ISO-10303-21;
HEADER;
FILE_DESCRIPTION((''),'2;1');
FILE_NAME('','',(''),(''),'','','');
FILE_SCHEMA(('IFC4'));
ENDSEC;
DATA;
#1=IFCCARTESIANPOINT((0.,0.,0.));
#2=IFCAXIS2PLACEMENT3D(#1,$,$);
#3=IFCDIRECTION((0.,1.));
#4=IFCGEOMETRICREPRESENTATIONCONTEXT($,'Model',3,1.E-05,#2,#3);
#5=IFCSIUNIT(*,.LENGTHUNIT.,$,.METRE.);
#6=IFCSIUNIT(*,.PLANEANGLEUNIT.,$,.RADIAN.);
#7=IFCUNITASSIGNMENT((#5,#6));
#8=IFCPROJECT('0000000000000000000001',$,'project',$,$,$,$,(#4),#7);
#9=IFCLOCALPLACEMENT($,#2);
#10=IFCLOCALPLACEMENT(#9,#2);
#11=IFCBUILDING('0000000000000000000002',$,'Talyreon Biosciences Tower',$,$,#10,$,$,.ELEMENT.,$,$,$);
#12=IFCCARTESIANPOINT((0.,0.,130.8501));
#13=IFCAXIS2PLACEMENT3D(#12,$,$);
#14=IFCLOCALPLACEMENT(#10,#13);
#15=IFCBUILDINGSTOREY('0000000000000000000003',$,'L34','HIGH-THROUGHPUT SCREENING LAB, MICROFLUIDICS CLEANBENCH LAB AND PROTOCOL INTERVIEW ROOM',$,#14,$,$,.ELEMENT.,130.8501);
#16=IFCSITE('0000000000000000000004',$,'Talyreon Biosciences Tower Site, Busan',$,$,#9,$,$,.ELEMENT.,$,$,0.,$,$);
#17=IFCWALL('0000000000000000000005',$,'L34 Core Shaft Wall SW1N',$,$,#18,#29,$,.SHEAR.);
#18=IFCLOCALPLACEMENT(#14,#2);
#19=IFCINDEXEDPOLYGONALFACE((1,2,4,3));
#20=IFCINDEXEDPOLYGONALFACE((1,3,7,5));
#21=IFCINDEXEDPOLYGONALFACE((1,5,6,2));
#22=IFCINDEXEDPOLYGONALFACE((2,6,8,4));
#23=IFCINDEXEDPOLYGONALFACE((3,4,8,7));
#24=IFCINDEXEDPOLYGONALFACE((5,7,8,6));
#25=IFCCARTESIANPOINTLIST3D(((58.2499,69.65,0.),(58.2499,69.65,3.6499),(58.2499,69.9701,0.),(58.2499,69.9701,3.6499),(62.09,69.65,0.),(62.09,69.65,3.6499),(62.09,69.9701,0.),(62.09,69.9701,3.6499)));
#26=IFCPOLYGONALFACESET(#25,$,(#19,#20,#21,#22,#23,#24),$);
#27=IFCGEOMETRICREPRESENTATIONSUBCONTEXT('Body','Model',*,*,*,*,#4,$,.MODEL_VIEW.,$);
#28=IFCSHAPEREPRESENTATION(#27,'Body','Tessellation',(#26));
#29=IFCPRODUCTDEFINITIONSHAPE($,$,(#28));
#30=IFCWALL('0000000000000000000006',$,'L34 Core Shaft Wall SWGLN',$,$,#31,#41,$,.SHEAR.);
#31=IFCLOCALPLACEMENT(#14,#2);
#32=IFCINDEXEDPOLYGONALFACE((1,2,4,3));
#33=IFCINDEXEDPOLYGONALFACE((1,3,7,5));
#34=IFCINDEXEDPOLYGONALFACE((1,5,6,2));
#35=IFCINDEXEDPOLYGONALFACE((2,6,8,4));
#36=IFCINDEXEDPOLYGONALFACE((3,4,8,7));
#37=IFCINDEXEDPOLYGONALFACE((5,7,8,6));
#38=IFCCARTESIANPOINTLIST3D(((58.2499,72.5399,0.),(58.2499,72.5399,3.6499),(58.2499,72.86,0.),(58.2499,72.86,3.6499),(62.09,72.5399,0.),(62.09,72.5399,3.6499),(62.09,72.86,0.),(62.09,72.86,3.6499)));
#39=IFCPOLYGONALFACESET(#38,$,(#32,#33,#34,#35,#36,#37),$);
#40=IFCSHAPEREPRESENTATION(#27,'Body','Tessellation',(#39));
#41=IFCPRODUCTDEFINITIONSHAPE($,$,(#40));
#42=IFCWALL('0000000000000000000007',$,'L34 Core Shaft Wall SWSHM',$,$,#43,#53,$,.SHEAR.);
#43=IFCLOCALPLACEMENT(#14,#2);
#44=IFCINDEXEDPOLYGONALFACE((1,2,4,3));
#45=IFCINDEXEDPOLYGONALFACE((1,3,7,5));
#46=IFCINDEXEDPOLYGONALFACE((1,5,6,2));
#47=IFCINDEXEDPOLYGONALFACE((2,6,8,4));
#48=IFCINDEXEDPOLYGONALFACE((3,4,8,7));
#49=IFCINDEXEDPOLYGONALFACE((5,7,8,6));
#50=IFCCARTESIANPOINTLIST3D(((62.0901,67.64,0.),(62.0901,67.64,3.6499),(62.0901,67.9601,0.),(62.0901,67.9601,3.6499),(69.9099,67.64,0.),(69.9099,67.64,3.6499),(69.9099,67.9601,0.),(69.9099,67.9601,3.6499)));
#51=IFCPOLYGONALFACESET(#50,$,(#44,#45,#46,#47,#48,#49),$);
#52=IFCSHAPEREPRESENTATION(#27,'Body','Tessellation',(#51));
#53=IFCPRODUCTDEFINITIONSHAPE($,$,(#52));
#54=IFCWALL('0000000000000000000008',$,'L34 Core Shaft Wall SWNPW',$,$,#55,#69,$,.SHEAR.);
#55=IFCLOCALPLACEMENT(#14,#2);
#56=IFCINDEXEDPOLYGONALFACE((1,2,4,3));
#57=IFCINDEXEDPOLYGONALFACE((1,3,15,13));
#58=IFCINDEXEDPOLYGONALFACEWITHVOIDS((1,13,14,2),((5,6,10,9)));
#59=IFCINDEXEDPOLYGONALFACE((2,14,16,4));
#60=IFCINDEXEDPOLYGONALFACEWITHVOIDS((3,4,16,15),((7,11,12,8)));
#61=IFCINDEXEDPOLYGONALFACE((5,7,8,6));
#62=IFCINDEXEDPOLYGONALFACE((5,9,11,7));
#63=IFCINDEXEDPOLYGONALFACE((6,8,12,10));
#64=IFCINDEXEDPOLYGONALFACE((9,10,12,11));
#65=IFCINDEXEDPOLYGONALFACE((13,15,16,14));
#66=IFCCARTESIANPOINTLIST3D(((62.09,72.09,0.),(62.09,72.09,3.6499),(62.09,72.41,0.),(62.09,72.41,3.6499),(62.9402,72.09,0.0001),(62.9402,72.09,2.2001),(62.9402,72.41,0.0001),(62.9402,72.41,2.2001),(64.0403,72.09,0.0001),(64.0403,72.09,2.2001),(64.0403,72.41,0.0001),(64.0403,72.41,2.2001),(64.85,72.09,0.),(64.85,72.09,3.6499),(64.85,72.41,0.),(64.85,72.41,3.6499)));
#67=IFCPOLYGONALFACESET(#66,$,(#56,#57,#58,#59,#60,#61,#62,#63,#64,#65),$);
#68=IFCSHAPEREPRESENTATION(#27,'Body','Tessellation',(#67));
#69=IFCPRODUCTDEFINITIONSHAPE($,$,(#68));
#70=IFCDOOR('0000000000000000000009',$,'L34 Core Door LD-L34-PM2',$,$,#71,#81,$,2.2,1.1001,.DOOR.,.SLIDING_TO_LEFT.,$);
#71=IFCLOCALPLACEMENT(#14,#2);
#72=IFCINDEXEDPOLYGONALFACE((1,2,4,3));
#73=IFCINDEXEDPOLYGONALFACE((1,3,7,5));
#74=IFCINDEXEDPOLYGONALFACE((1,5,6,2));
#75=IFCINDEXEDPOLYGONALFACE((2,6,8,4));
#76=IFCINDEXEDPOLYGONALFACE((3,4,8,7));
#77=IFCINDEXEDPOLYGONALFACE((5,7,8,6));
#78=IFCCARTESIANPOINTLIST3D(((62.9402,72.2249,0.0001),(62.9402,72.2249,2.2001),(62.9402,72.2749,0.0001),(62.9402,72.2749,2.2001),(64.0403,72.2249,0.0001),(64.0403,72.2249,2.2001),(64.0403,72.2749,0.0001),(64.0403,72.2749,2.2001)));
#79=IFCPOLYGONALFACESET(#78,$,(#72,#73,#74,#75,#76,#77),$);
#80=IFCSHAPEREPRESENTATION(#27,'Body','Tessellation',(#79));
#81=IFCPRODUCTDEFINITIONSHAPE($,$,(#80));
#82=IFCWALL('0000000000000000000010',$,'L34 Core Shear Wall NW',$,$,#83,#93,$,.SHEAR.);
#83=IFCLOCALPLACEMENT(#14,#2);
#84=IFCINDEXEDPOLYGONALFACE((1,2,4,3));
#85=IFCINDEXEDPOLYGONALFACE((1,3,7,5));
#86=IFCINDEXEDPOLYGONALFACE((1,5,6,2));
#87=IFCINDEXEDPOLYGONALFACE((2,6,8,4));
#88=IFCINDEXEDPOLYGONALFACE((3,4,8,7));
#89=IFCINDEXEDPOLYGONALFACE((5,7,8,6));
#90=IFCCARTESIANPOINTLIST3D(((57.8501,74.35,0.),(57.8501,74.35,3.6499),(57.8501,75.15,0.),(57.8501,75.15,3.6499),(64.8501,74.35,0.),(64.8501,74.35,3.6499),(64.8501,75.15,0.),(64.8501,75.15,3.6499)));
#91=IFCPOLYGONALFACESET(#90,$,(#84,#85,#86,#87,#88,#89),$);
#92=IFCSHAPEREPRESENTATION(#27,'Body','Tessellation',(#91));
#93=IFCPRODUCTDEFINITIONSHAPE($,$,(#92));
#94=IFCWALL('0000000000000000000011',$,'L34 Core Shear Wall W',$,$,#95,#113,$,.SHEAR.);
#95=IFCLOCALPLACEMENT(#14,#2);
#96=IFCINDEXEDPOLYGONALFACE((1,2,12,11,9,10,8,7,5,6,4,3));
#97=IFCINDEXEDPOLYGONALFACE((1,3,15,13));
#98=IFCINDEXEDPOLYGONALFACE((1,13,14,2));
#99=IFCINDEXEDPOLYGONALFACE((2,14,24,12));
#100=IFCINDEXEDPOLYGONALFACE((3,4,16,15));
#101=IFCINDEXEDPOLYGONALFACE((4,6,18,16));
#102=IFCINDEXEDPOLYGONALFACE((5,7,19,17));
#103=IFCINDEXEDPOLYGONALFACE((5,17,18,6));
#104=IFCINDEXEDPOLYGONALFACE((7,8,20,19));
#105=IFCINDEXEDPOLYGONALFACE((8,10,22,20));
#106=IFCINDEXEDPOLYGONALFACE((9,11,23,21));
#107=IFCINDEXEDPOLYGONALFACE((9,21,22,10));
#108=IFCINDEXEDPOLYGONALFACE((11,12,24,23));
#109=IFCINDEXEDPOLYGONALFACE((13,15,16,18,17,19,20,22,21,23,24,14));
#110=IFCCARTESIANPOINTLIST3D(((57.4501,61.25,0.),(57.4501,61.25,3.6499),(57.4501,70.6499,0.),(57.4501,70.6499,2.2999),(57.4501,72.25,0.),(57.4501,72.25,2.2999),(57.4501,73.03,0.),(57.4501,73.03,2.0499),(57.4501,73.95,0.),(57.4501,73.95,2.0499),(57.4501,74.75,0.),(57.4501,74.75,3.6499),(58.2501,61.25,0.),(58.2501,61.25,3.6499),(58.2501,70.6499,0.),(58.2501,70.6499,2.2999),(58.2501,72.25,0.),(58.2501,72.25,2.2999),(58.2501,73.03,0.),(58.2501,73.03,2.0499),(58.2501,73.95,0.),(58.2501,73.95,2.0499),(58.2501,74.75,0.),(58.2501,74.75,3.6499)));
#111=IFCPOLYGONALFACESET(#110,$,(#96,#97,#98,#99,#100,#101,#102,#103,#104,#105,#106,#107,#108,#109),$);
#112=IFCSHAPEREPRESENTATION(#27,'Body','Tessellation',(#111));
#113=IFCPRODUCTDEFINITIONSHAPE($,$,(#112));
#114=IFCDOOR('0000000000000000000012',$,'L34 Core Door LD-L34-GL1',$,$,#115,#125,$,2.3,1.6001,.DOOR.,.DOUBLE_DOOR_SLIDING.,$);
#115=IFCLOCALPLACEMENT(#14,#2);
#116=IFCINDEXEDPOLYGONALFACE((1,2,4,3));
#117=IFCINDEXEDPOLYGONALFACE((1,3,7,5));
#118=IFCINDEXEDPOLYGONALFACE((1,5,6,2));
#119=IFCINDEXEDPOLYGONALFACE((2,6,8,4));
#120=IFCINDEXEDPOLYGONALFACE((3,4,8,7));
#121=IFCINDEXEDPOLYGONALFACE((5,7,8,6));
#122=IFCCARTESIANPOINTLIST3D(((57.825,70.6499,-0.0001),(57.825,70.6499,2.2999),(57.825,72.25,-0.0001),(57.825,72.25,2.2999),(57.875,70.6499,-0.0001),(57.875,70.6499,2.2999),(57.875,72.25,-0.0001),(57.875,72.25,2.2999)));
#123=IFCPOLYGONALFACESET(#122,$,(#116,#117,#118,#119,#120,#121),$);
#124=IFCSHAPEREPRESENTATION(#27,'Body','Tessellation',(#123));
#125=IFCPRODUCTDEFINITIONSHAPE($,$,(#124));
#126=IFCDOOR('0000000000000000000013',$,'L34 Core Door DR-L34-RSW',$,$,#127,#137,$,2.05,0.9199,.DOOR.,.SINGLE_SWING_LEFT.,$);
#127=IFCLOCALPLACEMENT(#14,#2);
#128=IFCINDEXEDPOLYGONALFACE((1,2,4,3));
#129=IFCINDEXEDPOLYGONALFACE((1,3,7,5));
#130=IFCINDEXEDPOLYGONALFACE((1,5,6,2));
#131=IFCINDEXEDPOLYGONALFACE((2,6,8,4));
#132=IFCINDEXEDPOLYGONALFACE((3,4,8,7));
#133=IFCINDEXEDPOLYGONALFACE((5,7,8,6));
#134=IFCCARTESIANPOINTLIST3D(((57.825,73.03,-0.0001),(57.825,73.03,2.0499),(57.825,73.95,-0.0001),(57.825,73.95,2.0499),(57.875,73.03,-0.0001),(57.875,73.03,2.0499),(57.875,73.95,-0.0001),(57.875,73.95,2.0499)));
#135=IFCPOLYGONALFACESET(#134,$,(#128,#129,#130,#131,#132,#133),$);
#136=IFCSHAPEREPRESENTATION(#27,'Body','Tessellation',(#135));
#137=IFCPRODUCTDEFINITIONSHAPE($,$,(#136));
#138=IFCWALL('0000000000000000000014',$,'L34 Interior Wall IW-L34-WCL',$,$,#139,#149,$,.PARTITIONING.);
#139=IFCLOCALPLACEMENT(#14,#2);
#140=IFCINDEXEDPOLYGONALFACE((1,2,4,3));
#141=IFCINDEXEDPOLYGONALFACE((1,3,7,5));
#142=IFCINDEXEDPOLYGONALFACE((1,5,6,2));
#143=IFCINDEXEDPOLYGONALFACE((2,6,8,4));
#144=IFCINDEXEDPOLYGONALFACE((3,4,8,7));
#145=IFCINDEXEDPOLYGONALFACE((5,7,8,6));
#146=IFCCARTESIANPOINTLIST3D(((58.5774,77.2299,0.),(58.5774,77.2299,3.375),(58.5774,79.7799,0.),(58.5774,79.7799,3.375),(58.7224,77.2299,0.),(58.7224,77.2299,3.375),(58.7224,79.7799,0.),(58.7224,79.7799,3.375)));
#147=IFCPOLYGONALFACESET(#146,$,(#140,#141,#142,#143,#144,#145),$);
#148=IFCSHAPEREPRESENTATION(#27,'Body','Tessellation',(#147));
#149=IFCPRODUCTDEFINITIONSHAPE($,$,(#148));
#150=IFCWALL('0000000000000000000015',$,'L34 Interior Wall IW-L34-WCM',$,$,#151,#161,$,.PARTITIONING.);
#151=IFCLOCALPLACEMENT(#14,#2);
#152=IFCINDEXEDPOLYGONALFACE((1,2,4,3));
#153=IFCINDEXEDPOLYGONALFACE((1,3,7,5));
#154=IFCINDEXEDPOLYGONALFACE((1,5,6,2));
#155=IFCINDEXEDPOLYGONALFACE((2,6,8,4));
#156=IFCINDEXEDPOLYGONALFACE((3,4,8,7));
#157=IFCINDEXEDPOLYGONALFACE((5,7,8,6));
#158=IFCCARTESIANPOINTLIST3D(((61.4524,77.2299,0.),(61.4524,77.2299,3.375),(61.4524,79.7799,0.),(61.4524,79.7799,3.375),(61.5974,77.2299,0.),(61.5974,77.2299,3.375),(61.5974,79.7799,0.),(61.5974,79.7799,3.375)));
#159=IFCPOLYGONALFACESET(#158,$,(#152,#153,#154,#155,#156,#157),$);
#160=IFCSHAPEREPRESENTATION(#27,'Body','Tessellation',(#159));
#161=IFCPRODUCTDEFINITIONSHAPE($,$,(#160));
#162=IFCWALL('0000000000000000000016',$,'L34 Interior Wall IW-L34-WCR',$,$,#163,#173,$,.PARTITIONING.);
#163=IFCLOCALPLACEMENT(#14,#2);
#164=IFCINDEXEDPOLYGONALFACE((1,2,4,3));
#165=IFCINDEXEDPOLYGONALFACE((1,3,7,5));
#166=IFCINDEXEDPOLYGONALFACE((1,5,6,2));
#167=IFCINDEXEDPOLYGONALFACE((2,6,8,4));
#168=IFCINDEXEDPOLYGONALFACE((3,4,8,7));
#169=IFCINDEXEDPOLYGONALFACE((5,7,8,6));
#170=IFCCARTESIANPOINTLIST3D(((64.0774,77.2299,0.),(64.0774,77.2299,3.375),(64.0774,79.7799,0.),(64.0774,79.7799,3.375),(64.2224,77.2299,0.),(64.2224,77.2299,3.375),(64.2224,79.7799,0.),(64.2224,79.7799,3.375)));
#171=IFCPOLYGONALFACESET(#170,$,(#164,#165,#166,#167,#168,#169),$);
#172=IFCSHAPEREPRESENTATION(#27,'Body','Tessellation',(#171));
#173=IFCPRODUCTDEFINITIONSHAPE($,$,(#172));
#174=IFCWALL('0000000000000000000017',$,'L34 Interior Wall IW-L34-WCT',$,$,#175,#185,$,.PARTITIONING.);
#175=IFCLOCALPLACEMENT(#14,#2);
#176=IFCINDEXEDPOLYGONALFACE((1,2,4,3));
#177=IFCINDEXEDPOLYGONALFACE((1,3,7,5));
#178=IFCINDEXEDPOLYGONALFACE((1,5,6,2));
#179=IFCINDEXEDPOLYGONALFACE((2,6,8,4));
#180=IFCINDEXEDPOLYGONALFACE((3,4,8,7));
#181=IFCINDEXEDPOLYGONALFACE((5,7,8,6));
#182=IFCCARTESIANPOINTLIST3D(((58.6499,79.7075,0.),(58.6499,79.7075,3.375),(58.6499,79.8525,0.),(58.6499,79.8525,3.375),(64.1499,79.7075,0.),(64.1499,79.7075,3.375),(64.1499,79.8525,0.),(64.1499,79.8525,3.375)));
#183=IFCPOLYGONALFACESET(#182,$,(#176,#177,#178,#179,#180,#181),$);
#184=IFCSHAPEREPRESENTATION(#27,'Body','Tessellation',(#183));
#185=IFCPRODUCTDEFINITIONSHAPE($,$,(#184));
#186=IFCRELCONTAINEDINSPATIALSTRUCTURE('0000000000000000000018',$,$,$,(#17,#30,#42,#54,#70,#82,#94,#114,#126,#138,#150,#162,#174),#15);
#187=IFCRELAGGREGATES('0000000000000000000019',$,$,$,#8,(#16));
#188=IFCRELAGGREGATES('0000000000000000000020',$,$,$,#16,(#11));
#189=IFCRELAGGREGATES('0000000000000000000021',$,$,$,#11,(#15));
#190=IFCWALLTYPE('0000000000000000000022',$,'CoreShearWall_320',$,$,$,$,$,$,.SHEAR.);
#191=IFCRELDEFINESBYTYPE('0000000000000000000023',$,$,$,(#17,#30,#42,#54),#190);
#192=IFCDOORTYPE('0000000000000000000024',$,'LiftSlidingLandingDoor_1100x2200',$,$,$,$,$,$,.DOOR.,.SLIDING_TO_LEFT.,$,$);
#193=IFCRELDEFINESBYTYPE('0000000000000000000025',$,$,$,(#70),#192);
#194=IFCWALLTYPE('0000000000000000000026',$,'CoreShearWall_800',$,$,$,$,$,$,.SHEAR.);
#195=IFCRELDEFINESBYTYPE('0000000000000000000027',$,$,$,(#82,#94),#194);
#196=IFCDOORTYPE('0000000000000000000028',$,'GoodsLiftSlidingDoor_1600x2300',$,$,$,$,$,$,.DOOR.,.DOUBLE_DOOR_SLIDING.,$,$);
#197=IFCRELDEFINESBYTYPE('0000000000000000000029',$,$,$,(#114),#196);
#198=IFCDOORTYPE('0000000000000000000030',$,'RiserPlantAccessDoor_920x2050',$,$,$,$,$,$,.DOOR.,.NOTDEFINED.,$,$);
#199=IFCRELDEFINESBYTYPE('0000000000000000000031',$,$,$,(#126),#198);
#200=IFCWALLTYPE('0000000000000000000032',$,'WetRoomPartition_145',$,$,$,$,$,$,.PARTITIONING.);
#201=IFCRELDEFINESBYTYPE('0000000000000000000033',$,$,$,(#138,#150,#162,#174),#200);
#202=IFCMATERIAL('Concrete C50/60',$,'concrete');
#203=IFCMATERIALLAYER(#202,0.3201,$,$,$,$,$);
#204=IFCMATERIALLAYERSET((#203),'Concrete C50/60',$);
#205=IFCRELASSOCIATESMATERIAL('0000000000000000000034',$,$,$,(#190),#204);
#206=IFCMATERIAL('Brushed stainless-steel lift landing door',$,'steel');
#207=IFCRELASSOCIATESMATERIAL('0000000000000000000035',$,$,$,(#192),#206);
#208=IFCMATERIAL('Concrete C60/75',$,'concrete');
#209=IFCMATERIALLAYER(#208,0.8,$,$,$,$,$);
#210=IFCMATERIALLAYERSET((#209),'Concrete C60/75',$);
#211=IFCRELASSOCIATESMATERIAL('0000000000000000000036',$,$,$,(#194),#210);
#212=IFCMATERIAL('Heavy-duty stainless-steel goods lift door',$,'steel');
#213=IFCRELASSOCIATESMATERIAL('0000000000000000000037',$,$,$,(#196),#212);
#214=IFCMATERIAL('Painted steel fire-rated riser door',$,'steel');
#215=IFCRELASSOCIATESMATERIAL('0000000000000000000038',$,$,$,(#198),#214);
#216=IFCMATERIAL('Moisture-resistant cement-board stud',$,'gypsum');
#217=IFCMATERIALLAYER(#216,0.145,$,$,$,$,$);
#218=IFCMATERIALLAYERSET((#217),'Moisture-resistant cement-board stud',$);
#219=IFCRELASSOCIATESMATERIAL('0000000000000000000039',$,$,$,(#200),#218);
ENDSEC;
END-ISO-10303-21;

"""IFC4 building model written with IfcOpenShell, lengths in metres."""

from ifc_helpers import new_model, si_unit, direction, frame, frame_2d, origin, place, context, subcontext, project, spatial, rectangle, extrude, material, layer, layer_set, type_object, element, fill, save


model = new_model("IFC4")

# Units and contexts
model_context = context("Model", 3, precision=1e-05, world=origin(), true_north=direction((0.0, 1.0)))
body_context = subcontext(model_context, "Body", "Model", "MODEL_VIEW")
ifc_project = project(units=[si_unit("LENGTHUNIT", "METRE"), si_unit("PLANEANGLEUNIT", "RADIAN")], contexts=[model_context])

# Site, building, storey
site_placement = place(None, origin())
site = spatial("IfcSite", under=ifc_project, at=site_placement, Name="Talyreon Biosciences Tower Site, Busan", CompositionType="ELEMENT", RefElevation=0.0)
building_placement = place(site_placement, origin())
building = spatial("IfcBuilding", under=site, at=building_placement, Name="Talyreon Biosciences Tower", CompositionType="ELEMENT")
storey_placement = place(building_placement, frame((0.0, 0.0, 130.8501)))
storey = spatial("IfcBuildingStorey", under=building, at=storey_placement, Name="L34", Description="HIGH-THROUGHPUT SCREENING LAB, MICROFLUIDICS CLEANBENCH LAB AND PROTOCOL INTERVIEW ROOM", CompositionType="ELEMENT", Elevation=130.8501)

# Shared definitions
ifc_material_1 = material(Name="Concrete C50/60", Category="concrete")

# Shared definitions
ifc_material_2 = material(Name="Concrete C60/75", Category="concrete")

# Walls
ifc_layer_1 = layer(ifc_material_1, 0.3201)
ifc_layer_set_1 = layer_set([ifc_layer_1], Name="Concrete C50/60")
wall_type_1 = type_object("IfcWallType", Name="CoreShearWall_320", PredefinedType="SHEAR", material=ifc_layer_set_1)
for number, where, z_axis, x_axis, name in (
    (1, (58.25, 69.8101, 0.0), (0.0, 0.0, 1.0), (1.0, 0.0, 0.0), "L34 Core Shaft Wall SW1N"),
    (2, (58.25, 72.7, 0.0), (0.0, 0.0, 1.0), (1.0, 0.0, 0.0), "L34 Core Shaft Wall SWGLN"),
):
    element("IfcWall", number, at=place(storey_placement, frame(where, z_axis=z_axis, x_axis=x_axis)), inside=storey, type_object=wall_type_1, Name=name, PredefinedType="SHEAR", context=body_context, shape_type="SweptSolid", body=[
        extrude(rectangle(XDim=3.8401, YDim=0.3201, at=frame_2d((1.9199, 0.0))), origin(), (0.0, 0.0, 1.0), 3.6499),
    ])
wall_1_placement = place(storey_placement, frame((62.0901, 67.8, 0.0), z_axis=(0.0, 0.0, 1.0), x_axis=(1.0, 0.0, 0.0)))
element("IfcWall", 3, at=wall_1_placement, inside=storey, type_object=wall_type_1, Name="L34 Core Shaft Wall SWSHM", PredefinedType="SHEAR", context=body_context, shape_type="SweptSolid", body=[
    extrude(rectangle(XDim=7.8198, YDim=0.3201, at=frame_2d((3.9099, 0.0))), origin(), (0.0, 0.0, 1.0), 3.6499),
])

# Shared definitions
ifc_material_3 = material(Name="Brushed stainless-steel lift landing door", Category="steel")
door_type_1 = type_object("IfcDoorType", Name="LiftSlidingLandingDoor_1100x2200", OperationType="SLIDING_TO_LEFT", PredefinedType="DOOR", material=ifc_material_3)

# Wall, opening, door
wall_2_placement = place(storey_placement, frame((62.0901, 72.25, 0.0), z_axis=(0.0, 0.0, 1.0), x_axis=(1.0, 0.0, 0.0)))
wall_2 = element("IfcWall", 4, at=wall_2_placement, inside=storey, type_object=wall_type_1, Name="L34 Core Shaft Wall SWNPW", PredefinedType="SHEAR", context=body_context, shape_type="SweptSolid", body=[
    extrude(rectangle(XDim=2.76, YDim=0.3201, at=frame_2d((1.3799, 0.0))), origin(), (0.0, 0.0, 1.0), 3.6499),
])
opening_1_placement = place(wall_2_placement, frame((0.8501, 0.0, 0.0)))
opening_1 = element("IfcOpeningElement", 5, at=opening_1_placement, cuts=wall_2, PredefinedType="OPENING", context=body_context, shape_type="SweptSolid", body=[
    extrude(rectangle(XDim=1.1001, YDim=2.2, at=frame_2d((0.55, 1.1001))), frame((0.0, 0.1699, 0.0), z_axis=(0.0, -1.0, 0.0), x_axis=(1.0, 0.0, 0.0)), (0.0, 0.0, 1.0), 0.3401),
])
door_1_placement = place(opening_1_placement, origin())
door_1 = element("IfcDoor", 6, at=door_1_placement, inside=storey, type_object=door_type_1, Name="L34 Core Door LD-L34-PM2", OperationType="SLIDING_TO_LEFT", OverallHeight=2.2, OverallWidth=1.1001, PredefinedType="DOOR", context=body_context, shape_type="SweptSolid", body=[
    extrude(rectangle(XDim=1.1001, YDim=2.2, at=frame_2d((0.55, 1.1001))), frame((0.0, 0.0249, 0.0), z_axis=(0.0, -1.0, 0.0), x_axis=(1.0, 0.0, 0.0)), (0.0, 0.0, 1.0), 0.05),
])
fill(opening_1, door_1)

# Wall
ifc_layer_2 = layer(ifc_material_2, 0.8)
ifc_layer_set_2 = layer_set([ifc_layer_2], Name="Concrete C60/75")
wall_type_2 = type_object("IfcWallType", Name="CoreShearWall_800", PredefinedType="SHEAR", material=ifc_layer_set_2)
wall_3_placement = place(storey_placement, frame((64.8501, 74.75, 0.0), z_axis=(0.0, 0.0, 1.0), x_axis=(-1.0, 0.0, 0.0)))
element("IfcWall", 7, at=wall_3_placement, inside=storey, type_object=wall_type_2, Name="L34 Core Shear Wall NW", PredefinedType="SHEAR", context=body_context, shape_type="SweptSolid", body=[
    extrude(rectangle(XDim=7.0, YDim=0.8, at=frame_2d((3.5, 0.0))), origin(), (0.0, 0.0, 1.0), 3.6499),
])

# Wall, openings, doors
wall_4_placement = place(storey_placement, frame((57.8501, 74.75, 0.0), z_axis=(0.0, 0.0, 1.0), x_axis=(0.0, -1.0, 0.0)))
wall_4 = element("IfcWall", 8, at=wall_4_placement, inside=storey, type_object=wall_type_2, Name="L34 Core Shear Wall W", PredefinedType="SHEAR", context=body_context, shape_type="SweptSolid", body=[
    extrude(rectangle(XDim=13.5, YDim=0.8, at=frame_2d((6.75, 0.0))), origin(), (0.0, 0.0, 1.0), 3.6499),
])
opening_2_placement = place(wall_4_placement, frame((0.8, 0.0, 0.0)))
opening_2 = element("IfcOpeningElement", 9, at=opening_2_placement, cuts=wall_4, PredefinedType="OPENING", context=body_context, shape_type="SweptSolid", body=[
    extrude(rectangle(XDim=0.9199, YDim=2.05, at=frame_2d((0.46, 1.0249))), frame((0.0, 0.4099, 0.0), z_axis=(0.0, -1.0, 0.0), x_axis=(1.0, 0.0, 0.0)), (0.0, 0.0, 1.0), 0.8201),
])
opening_3_placement = place(wall_4_placement, frame((2.5, 0.0, 0.0)))
opening_3 = element("IfcOpeningElement", 10, at=opening_3_placement, cuts=wall_4, PredefinedType="OPENING", context=body_context, shape_type="SweptSolid", body=[
    extrude(rectangle(XDim=1.6001, YDim=2.3, at=frame_2d((0.8, 1.1499))), frame((0.0, 0.4099, 0.0), z_axis=(0.0, -1.0, 0.0), x_axis=(1.0, 0.0, 0.0)), (0.0, 0.0, 1.0), 0.8201),
])
ifc_material_4 = material(Name="Heavy-duty stainless-steel goods lift door", Category="steel")
door_type_2 = type_object("IfcDoorType", Name="GoodsLiftSlidingDoor_1600x2300", OperationType="DOUBLE_DOOR_SLIDING", PredefinedType="DOOR", material=ifc_material_4)
door_2_placement = place(opening_3_placement, origin())
door_2 = element("IfcDoor", 11, at=door_2_placement, inside=storey, type_object=door_type_2, Name="L34 Core Door LD-L34-GL1", OperationType="DOUBLE_DOOR_SLIDING", OverallHeight=2.3, OverallWidth=1.6001, PredefinedType="DOOR", context=body_context, shape_type="SweptSolid", body=[
    extrude(rectangle(XDim=1.6001, YDim=2.3, at=frame_2d((0.8, 1.1499))), frame((0.0, 0.0249, 0.0), z_axis=(0.0, -1.0, 0.0), x_axis=(1.0, 0.0, 0.0)), (0.0, 0.0, 1.0), 0.05),
])
fill(opening_3, door_2)
ifc_material_5 = material(Name="Painted steel fire-rated riser door", Category="steel")
door_type_3 = type_object("IfcDoorType", Name="RiserPlantAccessDoor_920x2050", OperationType="NOTDEFINED", PredefinedType="DOOR", material=ifc_material_5)
door_3_placement = place(opening_2_placement, origin())
door_3 = element("IfcDoor", 12, at=door_3_placement, inside=storey, type_object=door_type_3, Name="L34 Core Door DR-L34-RSW", OperationType="SINGLE_SWING_LEFT", OverallHeight=2.05, OverallWidth=0.9199, PredefinedType="DOOR", context=body_context, shape_type="SweptSolid", body=[
    extrude(rectangle(XDim=0.9199, YDim=2.05, at=frame_2d((0.46, 1.0249))), frame((0.0, 0.0249, 0.0), z_axis=(0.0, -1.0, 0.0), x_axis=(1.0, 0.0, 0.0)), (0.0, 0.0, 1.0), 0.05),
])
fill(opening_2, door_3)

# Walls
ifc_material_6 = material(Name="Moisture-resistant cement-board stud", Category="gypsum")
ifc_layer_3 = layer(ifc_material_6, 0.145)
ifc_layer_set_3 = layer_set([ifc_layer_3], Name="Moisture-resistant cement-board stud")
wall_type_3 = type_object("IfcWallType", Name="WetRoomPartition_145", PredefinedType="PARTITIONING", material=ifc_layer_set_3)
for number, where, z_axis, x_axis, name in (
    (13, (58.6499, 77.23, 0.0), (0.0, 0.0, 1.0), (0.0, 1.0, 0.0), "L34 Interior Wall IW-L34-WCL"),
    (14, (61.5249, 77.23, 0.0), (0.0, 0.0, 1.0), (0.0, 1.0, 0.0), "L34 Interior Wall IW-L34-WCM"),
    (15, (64.1499, 77.23, 0.0), (0.0, 0.0, 1.0), (0.0, 1.0, 0.0), "L34 Interior Wall IW-L34-WCR"),
):
    element("IfcWall", number, at=place(storey_placement, frame(where, z_axis=z_axis, x_axis=x_axis)), inside=storey, type_object=wall_type_3, Name=name, PredefinedType="PARTITIONING", context=body_context, shape_type="SweptSolid", body=[
        extrude(rectangle(XDim=2.55, YDim=0.145, at=frame_2d((1.2749, 0.0))), origin(), (0.0, 0.0, 1.0), 3.375),
    ])
wall_5_placement = place(storey_placement, frame((58.6499, 79.78, 0.0), z_axis=(0.0, 0.0, 1.0), x_axis=(1.0, 0.0, 0.0)))
element("IfcWall", 16, at=wall_5_placement, inside=storey, type_object=wall_type_3, Name="L34 Interior Wall IW-L34-WCT", PredefinedType="PARTITIONING", context=body_context, shape_type="SweptSolid", body=[
    extrude(rectangle(XDim=5.5, YDim=0.145, at=frame_2d((2.75, 0.0))), origin(), (0.0, 0.0, 1.0), 3.375),
])

save(model, "model.ifc")
